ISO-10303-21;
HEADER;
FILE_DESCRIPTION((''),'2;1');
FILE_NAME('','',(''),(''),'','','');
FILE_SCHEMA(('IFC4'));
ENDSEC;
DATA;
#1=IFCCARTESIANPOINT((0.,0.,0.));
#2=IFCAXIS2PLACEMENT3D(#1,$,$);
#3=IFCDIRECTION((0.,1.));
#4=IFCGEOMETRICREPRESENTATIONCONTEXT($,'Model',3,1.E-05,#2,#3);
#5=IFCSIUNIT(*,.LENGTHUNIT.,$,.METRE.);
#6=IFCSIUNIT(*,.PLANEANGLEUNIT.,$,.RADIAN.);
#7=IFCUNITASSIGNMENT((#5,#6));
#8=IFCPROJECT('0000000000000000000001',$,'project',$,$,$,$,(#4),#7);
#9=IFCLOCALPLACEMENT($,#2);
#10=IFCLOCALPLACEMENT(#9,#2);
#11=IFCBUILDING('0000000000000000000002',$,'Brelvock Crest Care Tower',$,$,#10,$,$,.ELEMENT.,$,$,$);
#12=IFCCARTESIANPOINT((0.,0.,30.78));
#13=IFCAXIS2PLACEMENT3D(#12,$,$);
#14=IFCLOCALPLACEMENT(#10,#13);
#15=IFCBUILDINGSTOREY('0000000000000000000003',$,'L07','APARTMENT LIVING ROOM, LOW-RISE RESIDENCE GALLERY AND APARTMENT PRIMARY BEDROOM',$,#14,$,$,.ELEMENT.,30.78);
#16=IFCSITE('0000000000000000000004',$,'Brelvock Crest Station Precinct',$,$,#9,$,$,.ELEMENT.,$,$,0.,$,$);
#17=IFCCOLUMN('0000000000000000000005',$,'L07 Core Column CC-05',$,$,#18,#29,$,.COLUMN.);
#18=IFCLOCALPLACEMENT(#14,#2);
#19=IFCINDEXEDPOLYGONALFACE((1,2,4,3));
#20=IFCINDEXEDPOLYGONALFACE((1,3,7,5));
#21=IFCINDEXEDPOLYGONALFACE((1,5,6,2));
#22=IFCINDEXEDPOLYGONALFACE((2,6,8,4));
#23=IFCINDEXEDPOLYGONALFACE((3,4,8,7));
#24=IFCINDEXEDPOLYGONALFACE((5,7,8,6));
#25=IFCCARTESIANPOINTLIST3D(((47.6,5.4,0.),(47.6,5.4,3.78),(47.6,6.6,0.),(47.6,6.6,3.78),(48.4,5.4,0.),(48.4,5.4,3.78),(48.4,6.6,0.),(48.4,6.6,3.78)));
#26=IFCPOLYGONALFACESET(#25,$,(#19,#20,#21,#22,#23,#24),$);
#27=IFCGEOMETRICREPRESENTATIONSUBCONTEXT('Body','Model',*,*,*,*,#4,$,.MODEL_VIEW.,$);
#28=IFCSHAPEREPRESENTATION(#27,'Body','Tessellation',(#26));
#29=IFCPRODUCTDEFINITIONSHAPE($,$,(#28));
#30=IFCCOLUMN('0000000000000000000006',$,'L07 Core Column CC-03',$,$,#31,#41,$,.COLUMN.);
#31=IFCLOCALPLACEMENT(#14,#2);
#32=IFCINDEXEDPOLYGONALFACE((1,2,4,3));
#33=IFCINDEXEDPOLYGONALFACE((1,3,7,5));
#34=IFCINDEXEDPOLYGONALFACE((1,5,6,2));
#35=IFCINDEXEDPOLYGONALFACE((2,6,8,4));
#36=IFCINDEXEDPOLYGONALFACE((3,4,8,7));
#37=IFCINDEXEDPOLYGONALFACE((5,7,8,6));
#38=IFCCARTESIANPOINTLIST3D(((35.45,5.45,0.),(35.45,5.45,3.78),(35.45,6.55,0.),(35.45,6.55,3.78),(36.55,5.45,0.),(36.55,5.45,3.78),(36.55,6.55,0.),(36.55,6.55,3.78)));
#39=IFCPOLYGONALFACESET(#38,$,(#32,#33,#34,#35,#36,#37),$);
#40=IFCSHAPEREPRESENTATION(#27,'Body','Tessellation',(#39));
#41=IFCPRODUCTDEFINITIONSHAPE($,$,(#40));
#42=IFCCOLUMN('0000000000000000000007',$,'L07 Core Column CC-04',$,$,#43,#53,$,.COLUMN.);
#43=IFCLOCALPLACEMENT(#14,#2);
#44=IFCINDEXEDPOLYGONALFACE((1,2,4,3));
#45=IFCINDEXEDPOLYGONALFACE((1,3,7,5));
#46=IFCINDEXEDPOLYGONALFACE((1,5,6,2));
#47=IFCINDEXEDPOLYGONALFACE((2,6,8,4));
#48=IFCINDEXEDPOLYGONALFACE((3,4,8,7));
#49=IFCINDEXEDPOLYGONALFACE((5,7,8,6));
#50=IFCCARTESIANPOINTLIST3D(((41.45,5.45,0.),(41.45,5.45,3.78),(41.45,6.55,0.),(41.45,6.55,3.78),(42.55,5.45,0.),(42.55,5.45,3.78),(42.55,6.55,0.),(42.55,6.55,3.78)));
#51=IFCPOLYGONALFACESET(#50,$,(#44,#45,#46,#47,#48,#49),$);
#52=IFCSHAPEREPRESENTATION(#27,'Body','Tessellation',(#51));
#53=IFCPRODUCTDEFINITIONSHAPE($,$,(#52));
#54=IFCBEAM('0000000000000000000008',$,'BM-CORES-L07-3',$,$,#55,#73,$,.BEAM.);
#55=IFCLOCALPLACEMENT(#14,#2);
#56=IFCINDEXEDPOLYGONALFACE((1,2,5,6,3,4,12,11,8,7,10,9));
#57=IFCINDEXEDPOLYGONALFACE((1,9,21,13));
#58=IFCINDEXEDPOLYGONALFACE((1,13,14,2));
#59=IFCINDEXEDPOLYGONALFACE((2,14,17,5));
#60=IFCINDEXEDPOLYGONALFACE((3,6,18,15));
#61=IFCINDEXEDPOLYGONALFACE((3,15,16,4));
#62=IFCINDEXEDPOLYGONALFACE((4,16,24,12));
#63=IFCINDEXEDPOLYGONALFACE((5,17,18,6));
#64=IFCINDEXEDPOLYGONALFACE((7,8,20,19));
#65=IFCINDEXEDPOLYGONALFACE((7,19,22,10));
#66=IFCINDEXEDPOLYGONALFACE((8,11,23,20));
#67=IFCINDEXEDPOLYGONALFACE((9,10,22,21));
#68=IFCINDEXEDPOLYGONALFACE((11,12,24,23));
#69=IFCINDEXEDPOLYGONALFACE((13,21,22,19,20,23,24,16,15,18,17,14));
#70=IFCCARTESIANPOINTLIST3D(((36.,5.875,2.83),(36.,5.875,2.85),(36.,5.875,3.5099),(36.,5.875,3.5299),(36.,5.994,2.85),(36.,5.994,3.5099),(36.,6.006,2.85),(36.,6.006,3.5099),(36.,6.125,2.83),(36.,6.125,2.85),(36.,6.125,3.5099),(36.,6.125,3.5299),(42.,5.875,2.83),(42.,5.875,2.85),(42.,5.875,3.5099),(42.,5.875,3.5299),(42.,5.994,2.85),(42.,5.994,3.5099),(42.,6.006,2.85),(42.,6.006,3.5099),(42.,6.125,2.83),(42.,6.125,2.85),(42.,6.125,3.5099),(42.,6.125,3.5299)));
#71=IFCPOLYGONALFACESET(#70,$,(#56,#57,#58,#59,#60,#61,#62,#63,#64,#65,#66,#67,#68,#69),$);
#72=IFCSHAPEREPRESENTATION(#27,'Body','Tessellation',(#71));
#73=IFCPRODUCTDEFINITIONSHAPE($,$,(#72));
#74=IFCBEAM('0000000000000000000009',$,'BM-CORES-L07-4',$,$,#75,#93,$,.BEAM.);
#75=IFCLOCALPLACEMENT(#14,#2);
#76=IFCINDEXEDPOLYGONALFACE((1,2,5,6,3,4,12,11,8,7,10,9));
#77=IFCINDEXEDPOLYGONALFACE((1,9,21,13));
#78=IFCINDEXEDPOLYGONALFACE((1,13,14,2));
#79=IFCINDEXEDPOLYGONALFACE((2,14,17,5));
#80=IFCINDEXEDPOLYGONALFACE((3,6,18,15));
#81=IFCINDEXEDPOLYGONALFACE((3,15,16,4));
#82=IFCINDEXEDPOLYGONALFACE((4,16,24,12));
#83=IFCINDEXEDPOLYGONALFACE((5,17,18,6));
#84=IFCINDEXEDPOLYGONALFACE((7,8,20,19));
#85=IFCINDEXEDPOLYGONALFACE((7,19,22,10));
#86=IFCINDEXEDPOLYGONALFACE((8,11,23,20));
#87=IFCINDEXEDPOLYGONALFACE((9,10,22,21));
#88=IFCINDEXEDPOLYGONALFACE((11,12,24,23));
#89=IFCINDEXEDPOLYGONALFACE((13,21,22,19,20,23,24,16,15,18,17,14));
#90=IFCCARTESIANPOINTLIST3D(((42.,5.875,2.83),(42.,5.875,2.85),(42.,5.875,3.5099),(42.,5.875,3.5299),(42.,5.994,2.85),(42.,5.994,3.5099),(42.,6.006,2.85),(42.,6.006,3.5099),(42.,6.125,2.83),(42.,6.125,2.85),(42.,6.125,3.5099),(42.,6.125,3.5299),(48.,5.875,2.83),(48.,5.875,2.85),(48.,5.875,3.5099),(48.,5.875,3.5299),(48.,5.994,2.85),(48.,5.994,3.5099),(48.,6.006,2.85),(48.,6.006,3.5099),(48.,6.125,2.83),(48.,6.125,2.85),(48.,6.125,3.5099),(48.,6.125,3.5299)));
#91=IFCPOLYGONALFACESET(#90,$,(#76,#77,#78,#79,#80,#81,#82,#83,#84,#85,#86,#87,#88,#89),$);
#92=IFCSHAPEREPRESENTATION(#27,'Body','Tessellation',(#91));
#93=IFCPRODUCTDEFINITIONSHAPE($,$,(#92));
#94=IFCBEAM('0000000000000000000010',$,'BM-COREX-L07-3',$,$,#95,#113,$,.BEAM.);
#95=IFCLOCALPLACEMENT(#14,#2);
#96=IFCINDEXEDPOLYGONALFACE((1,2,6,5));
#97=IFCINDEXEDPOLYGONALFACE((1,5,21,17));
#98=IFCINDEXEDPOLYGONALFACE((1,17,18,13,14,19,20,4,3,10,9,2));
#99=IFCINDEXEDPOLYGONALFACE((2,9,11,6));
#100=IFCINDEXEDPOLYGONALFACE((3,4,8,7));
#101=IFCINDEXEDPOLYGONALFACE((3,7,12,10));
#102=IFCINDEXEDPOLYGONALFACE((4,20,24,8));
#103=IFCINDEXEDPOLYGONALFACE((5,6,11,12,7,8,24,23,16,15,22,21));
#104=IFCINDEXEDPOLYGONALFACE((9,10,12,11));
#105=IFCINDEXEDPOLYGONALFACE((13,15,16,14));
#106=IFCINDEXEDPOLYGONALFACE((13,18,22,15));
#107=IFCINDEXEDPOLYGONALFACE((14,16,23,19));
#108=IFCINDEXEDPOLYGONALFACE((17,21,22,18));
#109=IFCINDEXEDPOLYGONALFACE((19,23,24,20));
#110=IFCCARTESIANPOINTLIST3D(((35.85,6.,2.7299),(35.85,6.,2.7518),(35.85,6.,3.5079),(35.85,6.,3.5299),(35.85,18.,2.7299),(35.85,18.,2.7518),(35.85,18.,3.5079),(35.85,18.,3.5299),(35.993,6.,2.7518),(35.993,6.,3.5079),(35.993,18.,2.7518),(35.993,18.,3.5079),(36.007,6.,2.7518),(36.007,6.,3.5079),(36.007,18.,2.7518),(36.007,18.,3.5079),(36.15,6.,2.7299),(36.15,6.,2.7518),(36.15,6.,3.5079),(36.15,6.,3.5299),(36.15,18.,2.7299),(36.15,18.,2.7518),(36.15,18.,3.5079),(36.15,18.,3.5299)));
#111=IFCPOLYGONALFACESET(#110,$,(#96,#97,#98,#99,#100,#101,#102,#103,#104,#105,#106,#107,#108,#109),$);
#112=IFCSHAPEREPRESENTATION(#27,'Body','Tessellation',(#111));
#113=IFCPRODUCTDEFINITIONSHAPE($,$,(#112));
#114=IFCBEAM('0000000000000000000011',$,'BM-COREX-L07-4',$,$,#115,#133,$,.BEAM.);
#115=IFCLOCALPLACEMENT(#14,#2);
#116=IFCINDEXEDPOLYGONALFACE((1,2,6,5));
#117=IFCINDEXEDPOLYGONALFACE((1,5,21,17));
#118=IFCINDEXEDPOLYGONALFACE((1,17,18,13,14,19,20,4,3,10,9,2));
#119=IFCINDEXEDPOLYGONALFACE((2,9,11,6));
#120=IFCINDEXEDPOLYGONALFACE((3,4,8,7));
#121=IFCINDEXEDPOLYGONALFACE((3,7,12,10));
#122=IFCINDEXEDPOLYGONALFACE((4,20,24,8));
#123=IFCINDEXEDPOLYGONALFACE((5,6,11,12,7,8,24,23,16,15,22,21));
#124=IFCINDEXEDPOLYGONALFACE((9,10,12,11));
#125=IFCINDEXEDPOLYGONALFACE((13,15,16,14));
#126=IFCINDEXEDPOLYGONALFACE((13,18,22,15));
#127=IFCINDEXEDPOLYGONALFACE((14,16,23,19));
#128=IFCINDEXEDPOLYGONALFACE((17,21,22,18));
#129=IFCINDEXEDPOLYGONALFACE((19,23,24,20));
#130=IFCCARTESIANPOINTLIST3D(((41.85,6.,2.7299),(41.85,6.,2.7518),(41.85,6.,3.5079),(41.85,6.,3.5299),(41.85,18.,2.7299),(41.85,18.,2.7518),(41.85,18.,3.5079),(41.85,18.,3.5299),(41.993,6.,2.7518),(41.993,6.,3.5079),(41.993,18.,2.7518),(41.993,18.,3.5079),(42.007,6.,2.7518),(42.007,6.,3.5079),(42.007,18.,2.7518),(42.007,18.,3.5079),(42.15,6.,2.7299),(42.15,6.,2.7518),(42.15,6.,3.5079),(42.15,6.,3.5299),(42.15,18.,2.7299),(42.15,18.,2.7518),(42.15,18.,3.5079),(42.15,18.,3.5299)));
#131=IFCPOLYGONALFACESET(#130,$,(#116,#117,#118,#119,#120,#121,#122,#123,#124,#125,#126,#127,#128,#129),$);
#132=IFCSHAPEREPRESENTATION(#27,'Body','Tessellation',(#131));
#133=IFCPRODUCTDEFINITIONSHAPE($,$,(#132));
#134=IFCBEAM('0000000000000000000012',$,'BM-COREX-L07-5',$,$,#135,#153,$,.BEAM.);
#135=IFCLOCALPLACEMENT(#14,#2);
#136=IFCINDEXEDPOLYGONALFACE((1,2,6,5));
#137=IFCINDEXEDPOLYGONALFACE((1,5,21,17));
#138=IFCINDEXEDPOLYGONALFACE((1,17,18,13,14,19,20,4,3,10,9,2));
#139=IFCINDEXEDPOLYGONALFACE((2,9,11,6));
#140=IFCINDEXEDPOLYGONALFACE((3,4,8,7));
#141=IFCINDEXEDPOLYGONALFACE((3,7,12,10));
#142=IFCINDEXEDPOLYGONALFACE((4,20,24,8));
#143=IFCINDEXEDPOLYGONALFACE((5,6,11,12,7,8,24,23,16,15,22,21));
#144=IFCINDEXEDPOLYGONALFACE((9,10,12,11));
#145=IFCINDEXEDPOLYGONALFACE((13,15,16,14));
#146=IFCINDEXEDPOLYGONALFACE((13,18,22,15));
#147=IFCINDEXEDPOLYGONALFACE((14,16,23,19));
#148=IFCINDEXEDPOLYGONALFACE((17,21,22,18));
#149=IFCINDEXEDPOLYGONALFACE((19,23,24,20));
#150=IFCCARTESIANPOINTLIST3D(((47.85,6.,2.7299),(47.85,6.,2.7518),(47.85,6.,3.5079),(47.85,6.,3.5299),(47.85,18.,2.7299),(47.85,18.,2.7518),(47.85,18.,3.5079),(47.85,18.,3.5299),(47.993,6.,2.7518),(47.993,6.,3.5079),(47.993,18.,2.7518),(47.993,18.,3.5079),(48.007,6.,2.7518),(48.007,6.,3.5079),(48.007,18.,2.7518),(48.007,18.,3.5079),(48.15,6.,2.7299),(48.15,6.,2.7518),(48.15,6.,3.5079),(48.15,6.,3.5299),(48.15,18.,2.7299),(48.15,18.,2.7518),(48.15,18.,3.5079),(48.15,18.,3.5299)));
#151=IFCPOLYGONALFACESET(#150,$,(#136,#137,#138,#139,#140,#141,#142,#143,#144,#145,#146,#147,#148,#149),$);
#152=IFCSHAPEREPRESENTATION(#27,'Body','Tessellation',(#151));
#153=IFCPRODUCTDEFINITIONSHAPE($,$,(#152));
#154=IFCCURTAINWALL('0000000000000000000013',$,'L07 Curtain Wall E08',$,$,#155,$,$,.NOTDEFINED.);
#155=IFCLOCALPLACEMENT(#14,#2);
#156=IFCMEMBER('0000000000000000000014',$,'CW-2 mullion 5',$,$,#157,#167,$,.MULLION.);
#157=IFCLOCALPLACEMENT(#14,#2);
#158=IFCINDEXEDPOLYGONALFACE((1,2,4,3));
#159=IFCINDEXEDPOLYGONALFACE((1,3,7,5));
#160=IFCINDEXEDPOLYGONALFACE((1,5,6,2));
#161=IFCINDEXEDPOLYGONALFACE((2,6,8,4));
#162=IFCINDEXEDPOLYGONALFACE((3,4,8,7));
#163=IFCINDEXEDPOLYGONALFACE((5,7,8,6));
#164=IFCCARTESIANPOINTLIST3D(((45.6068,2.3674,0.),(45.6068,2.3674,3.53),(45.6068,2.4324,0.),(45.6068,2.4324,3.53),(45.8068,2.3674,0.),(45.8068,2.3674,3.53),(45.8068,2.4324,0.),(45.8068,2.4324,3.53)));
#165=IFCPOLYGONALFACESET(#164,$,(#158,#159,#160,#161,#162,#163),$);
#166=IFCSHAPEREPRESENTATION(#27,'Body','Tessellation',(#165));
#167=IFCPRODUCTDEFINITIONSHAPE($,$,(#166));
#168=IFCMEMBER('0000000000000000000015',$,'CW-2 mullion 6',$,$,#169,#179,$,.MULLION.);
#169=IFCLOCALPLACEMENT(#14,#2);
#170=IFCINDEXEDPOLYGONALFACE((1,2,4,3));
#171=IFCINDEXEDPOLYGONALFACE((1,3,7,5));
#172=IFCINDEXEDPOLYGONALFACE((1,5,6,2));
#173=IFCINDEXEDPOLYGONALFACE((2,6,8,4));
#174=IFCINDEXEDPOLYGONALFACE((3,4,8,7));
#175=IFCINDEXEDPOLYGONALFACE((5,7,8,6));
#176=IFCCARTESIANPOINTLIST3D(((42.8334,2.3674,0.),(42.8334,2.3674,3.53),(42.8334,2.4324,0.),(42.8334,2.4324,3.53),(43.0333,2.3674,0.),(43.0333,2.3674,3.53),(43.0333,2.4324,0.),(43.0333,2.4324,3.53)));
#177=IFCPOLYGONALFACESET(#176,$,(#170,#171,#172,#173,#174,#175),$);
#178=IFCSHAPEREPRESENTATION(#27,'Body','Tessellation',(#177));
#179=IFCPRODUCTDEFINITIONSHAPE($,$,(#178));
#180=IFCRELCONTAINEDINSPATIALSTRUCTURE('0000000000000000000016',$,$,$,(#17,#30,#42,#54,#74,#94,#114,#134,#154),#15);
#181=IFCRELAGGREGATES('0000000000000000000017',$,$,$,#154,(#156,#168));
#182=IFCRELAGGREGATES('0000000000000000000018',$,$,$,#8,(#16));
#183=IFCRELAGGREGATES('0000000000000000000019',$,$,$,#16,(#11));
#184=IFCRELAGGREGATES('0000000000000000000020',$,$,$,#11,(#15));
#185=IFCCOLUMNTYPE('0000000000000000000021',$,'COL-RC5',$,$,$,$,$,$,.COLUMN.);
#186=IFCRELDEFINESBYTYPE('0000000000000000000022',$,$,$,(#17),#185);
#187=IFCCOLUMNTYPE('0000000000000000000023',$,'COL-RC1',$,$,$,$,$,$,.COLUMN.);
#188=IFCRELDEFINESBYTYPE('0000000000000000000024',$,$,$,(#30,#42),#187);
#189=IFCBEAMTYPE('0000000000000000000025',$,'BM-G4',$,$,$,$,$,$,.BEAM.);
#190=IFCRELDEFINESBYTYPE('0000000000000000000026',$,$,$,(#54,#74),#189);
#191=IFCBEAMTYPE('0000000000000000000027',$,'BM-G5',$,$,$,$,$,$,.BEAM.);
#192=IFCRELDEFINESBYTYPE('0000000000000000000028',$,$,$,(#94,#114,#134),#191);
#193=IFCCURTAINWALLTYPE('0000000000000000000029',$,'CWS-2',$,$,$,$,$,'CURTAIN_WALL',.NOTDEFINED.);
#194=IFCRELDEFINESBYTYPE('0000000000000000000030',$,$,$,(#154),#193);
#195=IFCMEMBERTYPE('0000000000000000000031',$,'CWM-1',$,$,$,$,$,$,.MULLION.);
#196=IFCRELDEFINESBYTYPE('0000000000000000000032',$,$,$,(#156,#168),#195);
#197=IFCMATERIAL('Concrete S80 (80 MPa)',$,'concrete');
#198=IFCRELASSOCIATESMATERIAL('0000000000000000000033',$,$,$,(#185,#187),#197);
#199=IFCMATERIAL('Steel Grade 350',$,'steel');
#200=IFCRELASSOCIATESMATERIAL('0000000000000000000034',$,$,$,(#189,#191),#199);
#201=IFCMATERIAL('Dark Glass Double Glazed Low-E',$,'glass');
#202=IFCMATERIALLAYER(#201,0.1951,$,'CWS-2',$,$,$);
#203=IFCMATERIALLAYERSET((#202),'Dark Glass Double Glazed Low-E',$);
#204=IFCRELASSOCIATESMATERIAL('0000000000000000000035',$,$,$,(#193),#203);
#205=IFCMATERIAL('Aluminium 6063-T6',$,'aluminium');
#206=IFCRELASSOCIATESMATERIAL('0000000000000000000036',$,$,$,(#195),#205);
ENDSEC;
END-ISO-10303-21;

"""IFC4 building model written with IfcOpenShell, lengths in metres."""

from ifc_helpers import new_model, si_unit, direction, frame, origin, origin_2d, place, context, subcontext, project, spatial, rectangle, i_section, extrude, source, transform, mapped, material, layer, layer_set, material_profile, profile_set, type_object, element, aggregate, save


model = new_model("IFC4")

# Units and contexts
model_context = context("Model", 3, precision=1e-05, world=origin(), true_north=direction((0.0, 1.0)))
body_context = subcontext(model_context, "Body", "Model", "MODEL_VIEW")
ifc_project = project(units=[si_unit("LENGTHUNIT", "METRE"), si_unit("PLANEANGLEUNIT", "RADIAN")], contexts=[model_context])

# Site, building, storey
site_placement = place(None, origin())
site = spatial("IfcSite", under=ifc_project, at=site_placement, Name="Brelvock Crest Station Precinct", CompositionType="ELEMENT", RefElevation=0.0)
building_placement = place(site_placement, origin())
building = spatial("IfcBuilding", under=site, at=building_placement, Name="Brelvock Crest Care Tower", CompositionType="ELEMENT")
storey_placement = place(building_placement, frame((0.0, 0.0, 30.78)))
storey = spatial("IfcBuildingStorey", under=building, at=storey_placement, Name="L07", Description="APARTMENT LIVING ROOM, LOW-RISE RESIDENCE GALLERY AND APARTMENT PRIMARY BEDROOM", CompositionType="ELEMENT", Elevation=30.78)

# Columns
ifc_material_1 = material(Name="Concrete S80 (80 MPa)", Category="concrete")
ifc_material_profile_1 = material_profile(ifc_material_1, rectangle(XDim=0.8, YDim=1.2, at=origin_2d()), Name="RC800x1200")
ifc_profile_set_1 = profile_set([ifc_material_profile_1], Name="Concrete S80 (80 MPa)")
column_type_1 = type_object("IfcColumnType", Name="COL-RC5", PredefinedType="COLUMN", material=ifc_profile_set_1)
shared_shape_1 = source(origin(), body_context, "Body", "SweptSolid", [
    extrude(rectangle(XDim=0.8, YDim=1.2, at=origin_2d()), origin(), (0.0, 0.0, 1.0), 3.78),
])
column_placement = place(storey_placement, frame((48.0, 6.0, 0.0), z_axis=(0.0, 0.0, 1.0), x_axis=(1.0, 0.0, 0.0)))
element("IfcColumn", 1, at=column_placement, inside=storey, type_object=column_type_1, Name="L07 Core Column CC-05", PredefinedType="COLUMN", context=body_context, shape_type="MappedRepresentation", body=[
    mapped(shared_shape_1, transform((0.0, 0.0, 0.0), x_axis=(1.0, 0.0, 0.0), y_axis=(0.0, 1.0, 0.0), z_axis=(0.0, 0.0, 1.0), scale=1.0)),
])
ifc_material_profile_2 = material_profile(ifc_material_1, rectangle(XDim=1.1001, YDim=1.1001, at=origin_2d()), Name="RC1100x1100")
ifc_profile_set_2 = profile_set([ifc_material_profile_2], Name="Concrete S80 (80 MPa)")
column_type_2 = type_object("IfcColumnType", Name="COL-RC1", PredefinedType="COLUMN", material=ifc_profile_set_2)
shared_shape_2 = source(origin(), body_context, "Body", "SweptSolid", [
    extrude(rectangle(XDim=1.1001, YDim=1.1001, at=origin_2d()), origin(), (0.0, 0.0, 1.0), 3.78),
])
for number, where, z_axis, x_axis, name in (
    (2, (36.0, 6.0, 0.0), (0.0, 0.0, 1.0), (1.0, 0.0, 0.0), "L07 Core Column CC-03"),
    (3, (42.0, 6.0, 0.0), (0.0, 0.0, 1.0), (1.0, 0.0, 0.0), "L07 Core Column CC-04"),
):
    element("IfcColumn", number, at=place(storey_placement, frame(where, z_axis=z_axis, x_axis=x_axis)), inside=storey, type_object=column_type_2, Name=name, PredefinedType="COLUMN", context=body_context, shape_type="MappedRepresentation", body=[
        mapped(shared_shape_2, transform((0.0, 0.0, 0.0), x_axis=(1.0, 0.0, 0.0), y_axis=(0.0, 1.0, 0.0), z_axis=(0.0, 0.0, 1.0), scale=1.0)),
    ])

# Beams
ifc_material_2 = material(Name="Steel Grade 350", Category="steel")
ifc_material_profile_3 = material_profile(ifc_material_2, i_section(OverallWidth=0.25, OverallDepth=0.7, WebThickness=0.012, FlangeThickness=0.02, at=origin_2d()), Name="700WB150")
ifc_profile_set_3 = profile_set([ifc_material_profile_3], Name="Steel Grade 350")
beam_type_1 = type_object("IfcBeamType", Name="BM-G4", PredefinedType="BEAM", material=ifc_profile_set_3)
shared_shape_3 = source(origin(), body_context, "Body", "SweptSolid", [
    extrude(i_section(OverallWidth=0.25, OverallDepth=0.7, WebThickness=0.012, FlangeThickness=0.02, at=origin_2d()), origin(), (0.0, 0.0, 1.0), 6.0),
])
for number, where, z_axis, x_axis, name in (
    (4, (36.0, 6.0, 3.1799), (1.0, 0.0, 0.0), (0.0, 1.0, 0.0), "BM-CORES-L07-3"),
    (5, (42.0, 6.0, 3.1799), (1.0, 0.0, 0.0), (0.0, 1.0, 0.0), "BM-CORES-L07-4"),
):
    element("IfcBeam", number, at=place(storey_placement, frame(where, z_axis=z_axis, x_axis=x_axis)), inside=storey, type_object=beam_type_1, Name=name, PredefinedType="BEAM", context=body_context, shape_type="MappedRepresentation", body=[
        mapped(shared_shape_3, transform((0.0, 0.0, 0.0), x_axis=(1.0, 0.0, 0.0), y_axis=(0.0, 1.0, 0.0), z_axis=(0.0, 0.0, 1.0), scale=1.0)),
    ])
ifc_material_profile_4 = material_profile(ifc_material_2, i_section(OverallWidth=0.3, OverallDepth=0.8, WebThickness=0.0139, FlangeThickness=0.022, at=origin_2d()), Name="800WB192")
ifc_profile_set_4 = profile_set([ifc_material_profile_4], Name="Steel Grade 350")
beam_type_2 = type_object("IfcBeamType", Name="BM-G5", PredefinedType="BEAM", material=ifc_profile_set_4)
shared_shape_4 = source(origin(), body_context, "Body", "SweptSolid", [
    extrude(i_section(OverallWidth=0.3, OverallDepth=0.8, WebThickness=0.0139, FlangeThickness=0.022, at=origin_2d()), origin(), (0.0, 0.0, 1.0), 12.0),
])
for number, where, z_axis, x_axis, name in (
    (6, (36.0, 6.0, 3.1299), (0.0, 1.0, 0.0), (-1.0, 0.0, 0.0), "BM-COREX-L07-3"),
    (7, (42.0, 6.0, 3.1299), (0.0, 1.0, 0.0), (-1.0, 0.0, 0.0), "BM-COREX-L07-4"),
    (8, (48.0, 6.0, 3.1299), (0.0, 1.0, 0.0), (-1.0, 0.0, 0.0), "BM-COREX-L07-5"),
):
    element("IfcBeam", number, at=place(storey_placement, frame(where, z_axis=z_axis, x_axis=x_axis)), inside=storey, type_object=beam_type_2, Name=name, PredefinedType="BEAM", context=body_context, shape_type="MappedRepresentation", body=[
        mapped(shared_shape_4, transform((0.0, 0.0, 0.0), x_axis=(1.0, 0.0, 0.0), y_axis=(0.0, 1.0, 0.0), z_axis=(0.0, 0.0, 1.0), scale=1.0)),
    ])

# Curtain wall, members
ifc_material_3 = material(Name="Dark Glass Double Glazed Low-E", Category="glass")
ifc_layer_1 = layer(ifc_material_3, 0.1951, Name="CWS-2")
ifc_layer_set_1 = layer_set([ifc_layer_1], Name="Dark Glass Double Glazed Low-E")
curtain_wall_type = type_object("IfcCurtainWallType", Name="CWS-2", ElementType="CURTAIN_WALL", PredefinedType="NOTDEFINED", material=ifc_layer_set_1)
curtain_wall_placement = place(storey_placement, origin())
curtain_wall = element("IfcCurtainWall", 9, at=curtain_wall_placement, inside=storey, type_object=curtain_wall_type, Name="L07 Curtain Wall E08", PredefinedType="NOTDEFINED")
ifc_material_4 = material(Name="Aluminium 6063-T6", Category="aluminium")
ifc_material_profile_5 = material_profile(ifc_material_4, rectangle(XDim=0.0649, YDim=0.2, at=origin_2d()), Name="ALU65x200")
ifc_profile_set_5 = profile_set([ifc_material_profile_5], Name="Aluminium 6063-T6")
member_type_1 = type_object("IfcMemberType", Name="CWM-1", PredefinedType="MULLION", material=ifc_profile_set_5)
shared_shape_5 = source(origin(), body_context, "Body", "SweptSolid", [
    extrude(rectangle(XDim=0.0649, YDim=0.2, at=origin_2d()), origin(), (0.0, 0.0, 1.0), 3.53),
])
member_1_placement = place(storey_placement, frame((45.7068, 2.3999, 0.0), z_axis=(0.0, 0.0, 1.0), x_axis=(0.0, -1.0, 0.0)))
member_1 = element("IfcMember", 10, at=member_1_placement, type_object=member_type_1, Name="CW-2 mullion 5", PredefinedType="MULLION", context=body_context, shape_type="MappedRepresentation", body=[
    mapped(shared_shape_5, transform((0.0, 0.0, 0.0), x_axis=(1.0, 0.0, 0.0), y_axis=(0.0, 1.0, 0.0), z_axis=(0.0, 0.0, 1.0), scale=1.0)),
])
member_2_placement = place(storey_placement, frame((42.9333, 2.3999, 0.0), z_axis=(0.0, 0.0, 1.0), x_axis=(0.0, -1.0, 0.0)))
member_2 = element("IfcMember", 11, at=member_2_placement, type_object=member_type_1, Name="CW-2 mullion 6", PredefinedType="MULLION", context=body_context, shape_type="MappedRepresentation", body=[
    mapped(shared_shape_5, transform((0.0, 0.0, 0.0), x_axis=(1.0, 0.0, 0.0), y_axis=(0.0, 1.0, 0.0), z_axis=(0.0, 0.0, 1.0), scale=1.0)),
])
aggregate(curtain_wall, [member_1, member_2])

save(model, "model.ifc")
